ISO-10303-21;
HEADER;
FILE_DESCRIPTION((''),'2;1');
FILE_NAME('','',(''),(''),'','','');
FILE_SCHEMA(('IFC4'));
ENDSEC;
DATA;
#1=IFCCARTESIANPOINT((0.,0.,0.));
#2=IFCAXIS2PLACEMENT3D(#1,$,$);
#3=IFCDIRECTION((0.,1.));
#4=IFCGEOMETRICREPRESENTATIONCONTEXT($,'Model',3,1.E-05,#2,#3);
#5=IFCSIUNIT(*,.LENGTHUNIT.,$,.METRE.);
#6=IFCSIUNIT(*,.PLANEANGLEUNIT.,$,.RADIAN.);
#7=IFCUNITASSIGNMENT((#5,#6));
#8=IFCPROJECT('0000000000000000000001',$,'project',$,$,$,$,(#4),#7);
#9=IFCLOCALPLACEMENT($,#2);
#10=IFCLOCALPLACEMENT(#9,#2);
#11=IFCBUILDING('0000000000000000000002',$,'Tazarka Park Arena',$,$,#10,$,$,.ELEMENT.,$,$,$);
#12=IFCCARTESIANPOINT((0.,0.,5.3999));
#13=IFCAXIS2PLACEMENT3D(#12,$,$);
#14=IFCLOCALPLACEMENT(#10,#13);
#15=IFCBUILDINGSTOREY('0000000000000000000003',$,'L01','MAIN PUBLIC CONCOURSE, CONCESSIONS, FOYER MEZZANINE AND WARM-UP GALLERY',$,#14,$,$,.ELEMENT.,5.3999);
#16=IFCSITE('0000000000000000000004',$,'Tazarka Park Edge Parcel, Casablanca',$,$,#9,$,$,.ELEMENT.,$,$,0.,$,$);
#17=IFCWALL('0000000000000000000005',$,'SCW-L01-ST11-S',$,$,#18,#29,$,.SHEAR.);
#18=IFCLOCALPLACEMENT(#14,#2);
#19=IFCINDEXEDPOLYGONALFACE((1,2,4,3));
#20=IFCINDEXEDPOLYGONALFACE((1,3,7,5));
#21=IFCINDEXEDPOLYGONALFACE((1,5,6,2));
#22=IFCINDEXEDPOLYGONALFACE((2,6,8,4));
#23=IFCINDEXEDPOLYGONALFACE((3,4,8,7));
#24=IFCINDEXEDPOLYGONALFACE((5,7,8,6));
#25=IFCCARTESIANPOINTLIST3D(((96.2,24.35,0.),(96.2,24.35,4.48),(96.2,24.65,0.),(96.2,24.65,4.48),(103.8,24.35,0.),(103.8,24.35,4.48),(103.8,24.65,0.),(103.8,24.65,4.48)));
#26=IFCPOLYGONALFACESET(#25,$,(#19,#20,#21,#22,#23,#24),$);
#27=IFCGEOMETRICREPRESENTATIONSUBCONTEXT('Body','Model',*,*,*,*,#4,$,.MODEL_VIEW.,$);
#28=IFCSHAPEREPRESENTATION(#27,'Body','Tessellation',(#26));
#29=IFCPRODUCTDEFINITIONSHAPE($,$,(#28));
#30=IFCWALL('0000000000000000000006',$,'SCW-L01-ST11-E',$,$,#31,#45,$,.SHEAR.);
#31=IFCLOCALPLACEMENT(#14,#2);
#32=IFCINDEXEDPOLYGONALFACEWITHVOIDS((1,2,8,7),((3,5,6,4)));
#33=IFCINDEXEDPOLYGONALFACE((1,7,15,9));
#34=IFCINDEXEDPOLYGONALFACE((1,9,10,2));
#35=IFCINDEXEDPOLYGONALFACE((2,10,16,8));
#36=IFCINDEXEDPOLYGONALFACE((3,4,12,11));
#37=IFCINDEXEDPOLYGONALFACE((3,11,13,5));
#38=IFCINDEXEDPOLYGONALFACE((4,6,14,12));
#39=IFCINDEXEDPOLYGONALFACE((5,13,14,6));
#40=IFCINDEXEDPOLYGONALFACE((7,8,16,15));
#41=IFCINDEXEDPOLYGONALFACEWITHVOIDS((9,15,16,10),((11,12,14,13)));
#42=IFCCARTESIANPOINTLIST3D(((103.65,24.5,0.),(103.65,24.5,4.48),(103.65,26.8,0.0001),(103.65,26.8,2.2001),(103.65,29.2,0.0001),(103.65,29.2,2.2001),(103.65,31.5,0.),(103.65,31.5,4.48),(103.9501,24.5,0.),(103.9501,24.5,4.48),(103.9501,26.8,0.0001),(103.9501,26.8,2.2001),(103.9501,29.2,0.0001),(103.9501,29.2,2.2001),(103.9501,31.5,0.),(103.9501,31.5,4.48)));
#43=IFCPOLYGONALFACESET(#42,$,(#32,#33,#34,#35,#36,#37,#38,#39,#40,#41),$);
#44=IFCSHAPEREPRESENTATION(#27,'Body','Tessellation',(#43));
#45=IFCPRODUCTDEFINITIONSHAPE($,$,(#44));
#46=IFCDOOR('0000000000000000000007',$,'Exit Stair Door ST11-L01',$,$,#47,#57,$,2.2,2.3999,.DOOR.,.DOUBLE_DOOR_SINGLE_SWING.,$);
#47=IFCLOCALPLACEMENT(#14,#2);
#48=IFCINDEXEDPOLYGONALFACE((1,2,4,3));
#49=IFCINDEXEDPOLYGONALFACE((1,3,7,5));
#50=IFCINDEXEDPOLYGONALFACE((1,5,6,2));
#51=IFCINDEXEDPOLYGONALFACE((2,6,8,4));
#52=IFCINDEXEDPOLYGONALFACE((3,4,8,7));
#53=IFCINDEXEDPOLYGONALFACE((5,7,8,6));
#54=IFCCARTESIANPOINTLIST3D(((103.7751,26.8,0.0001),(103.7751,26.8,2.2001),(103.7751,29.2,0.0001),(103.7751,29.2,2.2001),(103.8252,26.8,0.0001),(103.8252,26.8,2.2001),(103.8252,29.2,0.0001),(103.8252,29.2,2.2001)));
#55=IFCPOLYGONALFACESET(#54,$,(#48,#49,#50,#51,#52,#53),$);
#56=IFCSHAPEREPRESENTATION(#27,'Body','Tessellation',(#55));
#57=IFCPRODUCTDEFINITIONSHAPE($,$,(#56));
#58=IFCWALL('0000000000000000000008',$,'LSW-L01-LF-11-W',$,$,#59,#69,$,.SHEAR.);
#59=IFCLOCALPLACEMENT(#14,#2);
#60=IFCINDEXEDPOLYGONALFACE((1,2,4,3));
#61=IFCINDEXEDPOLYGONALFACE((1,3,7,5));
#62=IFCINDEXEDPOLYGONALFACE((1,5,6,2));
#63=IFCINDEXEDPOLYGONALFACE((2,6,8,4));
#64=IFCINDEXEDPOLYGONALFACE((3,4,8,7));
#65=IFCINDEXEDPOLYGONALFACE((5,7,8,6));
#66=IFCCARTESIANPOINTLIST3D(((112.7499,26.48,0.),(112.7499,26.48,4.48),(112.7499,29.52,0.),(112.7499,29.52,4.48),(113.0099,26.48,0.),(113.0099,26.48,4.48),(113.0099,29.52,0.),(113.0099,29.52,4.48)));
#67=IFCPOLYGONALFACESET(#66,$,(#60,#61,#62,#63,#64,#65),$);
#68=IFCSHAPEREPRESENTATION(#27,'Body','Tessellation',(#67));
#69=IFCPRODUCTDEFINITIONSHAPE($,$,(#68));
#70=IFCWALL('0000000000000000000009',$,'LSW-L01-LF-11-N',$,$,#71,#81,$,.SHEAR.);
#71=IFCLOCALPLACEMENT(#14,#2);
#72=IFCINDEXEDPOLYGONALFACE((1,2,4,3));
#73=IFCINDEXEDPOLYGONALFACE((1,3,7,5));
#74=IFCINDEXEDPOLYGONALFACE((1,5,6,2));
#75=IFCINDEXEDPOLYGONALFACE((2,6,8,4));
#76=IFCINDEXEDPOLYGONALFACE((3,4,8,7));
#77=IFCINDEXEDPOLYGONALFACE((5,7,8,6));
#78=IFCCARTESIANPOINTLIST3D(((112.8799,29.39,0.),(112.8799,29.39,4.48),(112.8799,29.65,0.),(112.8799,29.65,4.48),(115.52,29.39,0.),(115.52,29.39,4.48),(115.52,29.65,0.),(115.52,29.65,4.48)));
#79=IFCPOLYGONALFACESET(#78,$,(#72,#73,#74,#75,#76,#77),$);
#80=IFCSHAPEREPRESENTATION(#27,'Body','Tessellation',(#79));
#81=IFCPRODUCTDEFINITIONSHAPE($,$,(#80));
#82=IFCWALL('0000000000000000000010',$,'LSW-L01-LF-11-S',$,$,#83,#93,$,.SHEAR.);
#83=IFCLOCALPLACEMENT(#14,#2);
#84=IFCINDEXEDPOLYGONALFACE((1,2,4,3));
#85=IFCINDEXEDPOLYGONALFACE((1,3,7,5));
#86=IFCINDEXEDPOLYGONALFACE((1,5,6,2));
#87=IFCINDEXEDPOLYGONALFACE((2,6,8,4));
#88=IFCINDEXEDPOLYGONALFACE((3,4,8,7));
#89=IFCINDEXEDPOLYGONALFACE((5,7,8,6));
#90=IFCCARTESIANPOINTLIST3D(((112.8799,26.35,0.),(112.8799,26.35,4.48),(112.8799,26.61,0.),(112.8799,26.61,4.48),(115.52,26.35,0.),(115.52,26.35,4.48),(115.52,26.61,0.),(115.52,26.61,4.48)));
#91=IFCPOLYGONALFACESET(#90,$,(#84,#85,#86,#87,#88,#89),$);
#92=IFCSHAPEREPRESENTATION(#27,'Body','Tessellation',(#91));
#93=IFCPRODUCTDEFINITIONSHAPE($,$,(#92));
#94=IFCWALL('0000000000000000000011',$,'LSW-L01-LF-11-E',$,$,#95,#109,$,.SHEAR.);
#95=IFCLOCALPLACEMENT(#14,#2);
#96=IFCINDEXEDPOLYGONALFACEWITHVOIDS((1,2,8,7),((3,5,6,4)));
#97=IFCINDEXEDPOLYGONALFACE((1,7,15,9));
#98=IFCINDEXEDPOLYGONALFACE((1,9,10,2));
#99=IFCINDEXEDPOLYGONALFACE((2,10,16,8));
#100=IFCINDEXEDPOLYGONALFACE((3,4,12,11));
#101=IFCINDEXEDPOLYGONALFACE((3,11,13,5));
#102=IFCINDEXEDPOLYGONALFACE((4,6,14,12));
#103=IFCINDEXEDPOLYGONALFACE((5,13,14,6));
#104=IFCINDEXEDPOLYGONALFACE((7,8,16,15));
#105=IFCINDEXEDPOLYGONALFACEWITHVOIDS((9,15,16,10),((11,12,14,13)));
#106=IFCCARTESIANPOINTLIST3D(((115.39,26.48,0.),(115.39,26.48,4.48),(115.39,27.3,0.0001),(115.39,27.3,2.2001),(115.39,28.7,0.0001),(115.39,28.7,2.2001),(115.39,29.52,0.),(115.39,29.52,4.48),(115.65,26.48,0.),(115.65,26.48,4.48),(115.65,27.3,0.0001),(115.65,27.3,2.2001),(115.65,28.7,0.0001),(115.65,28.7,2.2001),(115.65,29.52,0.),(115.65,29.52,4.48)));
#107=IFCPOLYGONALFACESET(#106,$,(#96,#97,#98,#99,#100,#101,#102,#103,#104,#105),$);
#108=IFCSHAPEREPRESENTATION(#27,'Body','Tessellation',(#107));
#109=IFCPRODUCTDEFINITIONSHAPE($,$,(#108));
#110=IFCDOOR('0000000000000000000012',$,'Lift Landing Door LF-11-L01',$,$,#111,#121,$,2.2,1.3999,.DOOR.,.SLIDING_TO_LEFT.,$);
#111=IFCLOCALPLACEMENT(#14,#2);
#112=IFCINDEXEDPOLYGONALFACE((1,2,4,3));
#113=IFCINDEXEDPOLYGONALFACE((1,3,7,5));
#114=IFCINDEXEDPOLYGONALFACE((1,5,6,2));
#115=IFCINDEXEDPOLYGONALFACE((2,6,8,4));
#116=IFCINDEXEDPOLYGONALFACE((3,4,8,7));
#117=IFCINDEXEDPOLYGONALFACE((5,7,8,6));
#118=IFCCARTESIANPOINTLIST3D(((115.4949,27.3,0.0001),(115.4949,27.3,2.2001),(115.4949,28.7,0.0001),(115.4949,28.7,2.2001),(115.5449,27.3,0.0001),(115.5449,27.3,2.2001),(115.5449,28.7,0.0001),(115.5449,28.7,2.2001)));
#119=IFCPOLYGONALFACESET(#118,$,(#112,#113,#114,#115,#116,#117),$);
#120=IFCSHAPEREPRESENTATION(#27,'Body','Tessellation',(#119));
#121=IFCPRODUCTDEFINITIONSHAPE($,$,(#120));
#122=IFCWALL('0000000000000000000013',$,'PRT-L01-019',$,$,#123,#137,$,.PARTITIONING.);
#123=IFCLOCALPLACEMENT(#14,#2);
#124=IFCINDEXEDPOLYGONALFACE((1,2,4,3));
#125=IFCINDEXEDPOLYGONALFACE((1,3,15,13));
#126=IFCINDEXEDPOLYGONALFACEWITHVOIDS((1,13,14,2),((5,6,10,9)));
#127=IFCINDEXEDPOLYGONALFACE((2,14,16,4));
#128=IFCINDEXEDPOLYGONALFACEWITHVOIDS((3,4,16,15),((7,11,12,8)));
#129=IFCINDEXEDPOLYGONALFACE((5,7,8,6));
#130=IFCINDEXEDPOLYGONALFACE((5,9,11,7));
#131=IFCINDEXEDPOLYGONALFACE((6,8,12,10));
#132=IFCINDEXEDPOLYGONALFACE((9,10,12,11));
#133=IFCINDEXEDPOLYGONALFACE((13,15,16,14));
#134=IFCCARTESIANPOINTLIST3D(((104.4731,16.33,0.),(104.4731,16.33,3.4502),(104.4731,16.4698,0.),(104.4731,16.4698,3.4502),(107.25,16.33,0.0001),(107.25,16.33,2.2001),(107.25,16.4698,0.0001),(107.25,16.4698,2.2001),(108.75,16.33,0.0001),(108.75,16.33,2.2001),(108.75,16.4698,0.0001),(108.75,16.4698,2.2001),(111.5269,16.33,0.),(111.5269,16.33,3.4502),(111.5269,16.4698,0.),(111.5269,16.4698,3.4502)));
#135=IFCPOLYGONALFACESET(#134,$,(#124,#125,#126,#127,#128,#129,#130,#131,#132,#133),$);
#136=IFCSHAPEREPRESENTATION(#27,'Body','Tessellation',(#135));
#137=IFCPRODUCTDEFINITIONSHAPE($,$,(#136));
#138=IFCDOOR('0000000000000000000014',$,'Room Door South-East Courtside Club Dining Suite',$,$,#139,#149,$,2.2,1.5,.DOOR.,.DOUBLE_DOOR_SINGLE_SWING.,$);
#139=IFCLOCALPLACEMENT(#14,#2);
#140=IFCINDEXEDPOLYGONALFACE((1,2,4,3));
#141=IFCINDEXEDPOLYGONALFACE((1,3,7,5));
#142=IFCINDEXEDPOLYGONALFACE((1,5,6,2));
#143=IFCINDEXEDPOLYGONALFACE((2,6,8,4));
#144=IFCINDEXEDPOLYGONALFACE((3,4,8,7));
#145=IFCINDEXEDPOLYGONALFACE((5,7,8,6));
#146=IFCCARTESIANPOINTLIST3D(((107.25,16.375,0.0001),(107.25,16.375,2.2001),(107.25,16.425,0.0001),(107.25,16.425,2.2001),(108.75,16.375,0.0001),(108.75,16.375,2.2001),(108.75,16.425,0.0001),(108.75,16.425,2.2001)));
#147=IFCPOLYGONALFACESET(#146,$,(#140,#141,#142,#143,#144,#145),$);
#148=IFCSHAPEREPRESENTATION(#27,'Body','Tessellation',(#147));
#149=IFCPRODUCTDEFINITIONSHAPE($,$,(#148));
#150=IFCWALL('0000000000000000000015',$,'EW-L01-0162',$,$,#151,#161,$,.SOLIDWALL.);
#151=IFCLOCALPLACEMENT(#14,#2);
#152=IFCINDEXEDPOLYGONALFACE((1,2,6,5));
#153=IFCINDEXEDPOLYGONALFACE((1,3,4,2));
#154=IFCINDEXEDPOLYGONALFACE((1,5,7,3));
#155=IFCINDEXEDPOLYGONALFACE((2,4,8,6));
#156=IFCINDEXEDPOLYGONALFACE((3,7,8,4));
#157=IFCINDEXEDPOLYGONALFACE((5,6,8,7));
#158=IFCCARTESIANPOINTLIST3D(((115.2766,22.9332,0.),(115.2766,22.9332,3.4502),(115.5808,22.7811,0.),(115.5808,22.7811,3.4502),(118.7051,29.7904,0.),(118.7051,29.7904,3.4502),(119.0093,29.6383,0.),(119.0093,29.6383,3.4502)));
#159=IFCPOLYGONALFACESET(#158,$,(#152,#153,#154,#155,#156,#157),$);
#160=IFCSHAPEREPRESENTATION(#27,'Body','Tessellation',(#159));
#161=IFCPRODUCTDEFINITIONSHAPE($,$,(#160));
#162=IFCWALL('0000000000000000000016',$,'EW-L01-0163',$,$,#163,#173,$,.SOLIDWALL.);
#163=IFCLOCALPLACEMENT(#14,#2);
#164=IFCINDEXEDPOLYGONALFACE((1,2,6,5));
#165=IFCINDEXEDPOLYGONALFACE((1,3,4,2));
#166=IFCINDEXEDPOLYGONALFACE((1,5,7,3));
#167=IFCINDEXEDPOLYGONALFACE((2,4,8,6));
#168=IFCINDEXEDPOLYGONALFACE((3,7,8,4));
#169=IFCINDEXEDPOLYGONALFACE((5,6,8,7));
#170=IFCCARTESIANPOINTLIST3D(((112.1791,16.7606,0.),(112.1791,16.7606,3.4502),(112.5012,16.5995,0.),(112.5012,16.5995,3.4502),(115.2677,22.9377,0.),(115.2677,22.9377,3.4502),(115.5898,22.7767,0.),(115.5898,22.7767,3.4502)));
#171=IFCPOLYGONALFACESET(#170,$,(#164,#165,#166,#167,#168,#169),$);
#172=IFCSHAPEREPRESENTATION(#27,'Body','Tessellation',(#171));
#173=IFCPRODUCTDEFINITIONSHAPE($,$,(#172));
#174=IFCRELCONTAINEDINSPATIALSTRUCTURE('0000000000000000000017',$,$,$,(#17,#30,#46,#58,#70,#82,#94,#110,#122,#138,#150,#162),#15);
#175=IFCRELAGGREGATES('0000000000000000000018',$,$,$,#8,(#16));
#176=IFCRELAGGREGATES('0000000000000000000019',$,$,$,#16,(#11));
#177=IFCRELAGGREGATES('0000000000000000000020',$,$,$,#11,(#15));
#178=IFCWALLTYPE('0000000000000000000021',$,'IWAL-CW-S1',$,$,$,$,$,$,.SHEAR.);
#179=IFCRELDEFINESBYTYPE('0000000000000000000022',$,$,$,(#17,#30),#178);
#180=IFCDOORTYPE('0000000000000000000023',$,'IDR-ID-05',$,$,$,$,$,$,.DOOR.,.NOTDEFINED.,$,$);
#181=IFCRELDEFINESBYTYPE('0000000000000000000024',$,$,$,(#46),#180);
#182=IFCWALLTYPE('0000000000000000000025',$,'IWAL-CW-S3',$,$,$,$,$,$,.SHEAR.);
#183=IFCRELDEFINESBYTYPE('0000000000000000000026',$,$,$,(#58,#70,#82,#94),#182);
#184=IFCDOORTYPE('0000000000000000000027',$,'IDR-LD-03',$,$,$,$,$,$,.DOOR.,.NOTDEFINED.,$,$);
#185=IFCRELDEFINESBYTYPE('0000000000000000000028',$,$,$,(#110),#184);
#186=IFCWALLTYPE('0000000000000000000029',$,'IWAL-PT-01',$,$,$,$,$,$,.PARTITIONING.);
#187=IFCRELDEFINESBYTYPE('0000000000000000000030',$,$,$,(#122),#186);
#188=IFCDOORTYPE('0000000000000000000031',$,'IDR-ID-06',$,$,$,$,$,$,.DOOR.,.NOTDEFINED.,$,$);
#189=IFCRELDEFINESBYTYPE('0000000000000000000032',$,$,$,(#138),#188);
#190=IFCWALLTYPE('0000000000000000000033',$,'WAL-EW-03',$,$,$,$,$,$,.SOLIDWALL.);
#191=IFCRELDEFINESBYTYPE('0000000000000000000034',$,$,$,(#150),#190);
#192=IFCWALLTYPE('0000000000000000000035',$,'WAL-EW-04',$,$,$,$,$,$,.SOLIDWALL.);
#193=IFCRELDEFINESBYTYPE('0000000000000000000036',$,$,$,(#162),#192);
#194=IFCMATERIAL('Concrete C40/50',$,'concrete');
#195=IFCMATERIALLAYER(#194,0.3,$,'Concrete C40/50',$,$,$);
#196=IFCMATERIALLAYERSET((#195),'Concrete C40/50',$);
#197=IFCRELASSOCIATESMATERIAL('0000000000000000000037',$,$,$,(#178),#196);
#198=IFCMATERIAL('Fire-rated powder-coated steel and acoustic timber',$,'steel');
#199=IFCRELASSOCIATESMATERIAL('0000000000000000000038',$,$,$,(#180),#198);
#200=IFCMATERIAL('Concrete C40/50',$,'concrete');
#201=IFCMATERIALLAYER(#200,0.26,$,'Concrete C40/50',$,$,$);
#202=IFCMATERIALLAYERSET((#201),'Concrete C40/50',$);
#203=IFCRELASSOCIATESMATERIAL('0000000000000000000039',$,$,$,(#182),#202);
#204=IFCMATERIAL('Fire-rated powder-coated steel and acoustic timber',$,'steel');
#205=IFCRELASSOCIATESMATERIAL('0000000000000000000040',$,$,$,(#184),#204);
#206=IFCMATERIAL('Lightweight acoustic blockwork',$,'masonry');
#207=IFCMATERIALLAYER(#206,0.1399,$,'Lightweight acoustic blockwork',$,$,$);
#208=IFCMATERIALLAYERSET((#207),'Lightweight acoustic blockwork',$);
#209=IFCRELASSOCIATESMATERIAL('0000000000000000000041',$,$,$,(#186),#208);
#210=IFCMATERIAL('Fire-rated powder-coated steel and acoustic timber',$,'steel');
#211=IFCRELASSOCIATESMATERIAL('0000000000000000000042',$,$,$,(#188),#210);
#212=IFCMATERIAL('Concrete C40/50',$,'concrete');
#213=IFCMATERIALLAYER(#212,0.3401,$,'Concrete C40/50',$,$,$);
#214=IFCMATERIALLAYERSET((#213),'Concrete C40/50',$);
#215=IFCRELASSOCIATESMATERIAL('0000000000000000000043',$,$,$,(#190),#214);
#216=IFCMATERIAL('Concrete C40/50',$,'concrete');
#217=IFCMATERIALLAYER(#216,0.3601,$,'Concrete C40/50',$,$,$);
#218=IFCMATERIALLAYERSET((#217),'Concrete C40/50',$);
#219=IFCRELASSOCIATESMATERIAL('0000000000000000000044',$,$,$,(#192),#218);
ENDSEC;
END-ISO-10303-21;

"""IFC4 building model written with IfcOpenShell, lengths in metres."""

from ifc_helpers import new_model, si_unit, direction, frame, frame_2d, origin, place, context, subcontext, project, spatial, rectangle, extrude, material, layer, layer_set, type_object, element, fill, save


model = new_model("IFC4")

# Units and contexts
model_context = context("Model", 3, precision=1e-05, world=origin(), true_north=direction((0.0, 1.0)))
body_context = subcontext(model_context, "Body", "Model", "MODEL_VIEW")
ifc_project = project(units=[si_unit("LENGTHUNIT", "METRE"), si_unit("PLANEANGLEUNIT", "RADIAN")], contexts=[model_context])

# Site, building, storey
site_placement = place(None, origin())
site = spatial("IfcSite", under=ifc_project, at=site_placement, Name="Tazarka Park Edge Parcel, Casablanca", CompositionType="ELEMENT", RefElevation=0.0)
building_placement = place(site_placement, origin())
building = spatial("IfcBuilding", under=site, at=building_placement, Name="Tazarka Park Arena", CompositionType="ELEMENT")
storey_placement = place(building_placement, frame((0.0, 0.0, 5.3999)))
storey = spatial("IfcBuildingStorey", under=building, at=storey_placement, Name="L01", Description="MAIN PUBLIC CONCOURSE, CONCESSIONS, FOYER MEZZANINE AND WARM-UP GALLERY", CompositionType="ELEMENT", Elevation=5.3999)

# Wall
ifc_material_1 = material(Name="Concrete C40/50", Category="concrete")
ifc_layer_1 = layer(ifc_material_1, 0.3, Name="Concrete C40/50")
ifc_layer_set_1 = layer_set([ifc_layer_1], Name="Concrete C40/50")
wall_type_1 = type_object("IfcWallType", Name="IWAL-CW-S1", PredefinedType="SHEAR", material=ifc_layer_set_1)
wall_1_placement = place(storey_placement, frame((103.8, 24.5, 0.0), z_axis=(0.0, 0.0, 1.0), x_axis=(-1.0, 0.0, 0.0)))
element("IfcWall", 1, at=wall_1_placement, inside=storey, type_object=wall_type_1, Name="SCW-L01-ST11-S", PredefinedType="SHEAR", context=body_context, shape_type="SweptSolid", body=[
    extrude(rectangle(XDim=7.6001, YDim=0.3, at=frame_2d((3.8, 0.0))), origin(), (0.0, 0.0, 1.0), 4.48),
])

# Wall, opening, door
wall_2_placement = place(storey_placement, frame((103.8, 31.5, 0.0), z_axis=(0.0, 0.0, 1.0), x_axis=(0.0, -1.0, 0.0)))
wall_2 = element("IfcWall", 2, at=wall_2_placement, inside=storey, type_object=wall_type_1, Name="SCW-L01-ST11-E", PredefinedType="SHEAR", context=body_context, shape_type="SweptSolid", body=[
    extrude(rectangle(XDim=7.0, YDim=0.3, at=frame_2d((3.5, 0.0))), origin(), (0.0, 0.0, 1.0), 4.48),
])
opening_1_placement = place(wall_2_placement, frame((2.3, 0.0, 0.0)))
opening_1 = element("IfcOpeningElement", 3, at=opening_1_placement, cuts=wall_2, PredefinedType="OPENING", context=body_context, shape_type="SweptSolid", body=[
    extrude(rectangle(XDim=2.3999, YDim=2.2, at=frame_2d((1.2, 1.1001))), frame((0.0, 0.1602, 0.0), z_axis=(0.0, -1.0, 0.0), x_axis=(1.0, 0.0, 0.0)), (0.0, 0.0, 1.0), 0.3201),
])
ifc_material_2 = material(Name="Fire-rated powder-coated steel and acoustic timber", Category="steel")
door_type_1 = type_object("IfcDoorType", Name="IDR-ID-05", OperationType="NOTDEFINED", PredefinedType="DOOR", material=ifc_material_2)
door_1_placement = place(opening_1_placement, frame((2.3999, 0.0, 0.0), z_axis=(0.0, 0.0, 1.0), x_axis=(-1.0, 0.0, 0.0)))
door_1 = element("IfcDoor", 4, at=door_1_placement, inside=storey, type_object=door_type_1, Name="Exit Stair Door ST11-L01", OperationType="DOUBLE_DOOR_SINGLE_SWING", OverallHeight=2.2, OverallWidth=2.3999, PredefinedType="DOOR", context=body_context, shape_type="SweptSolid", body=[
    extrude(rectangle(XDim=2.3999, YDim=2.2, at=frame_2d((1.2, 1.1001))), frame((0.0, 0.0249, 0.0), z_axis=(0.0, -1.0, 0.0), x_axis=(1.0, 0.0, 0.0)), (0.0, 0.0, 1.0), 0.05),
])
fill(opening_1, door_1)

# Walls
ifc_material_3 = material(Name="Concrete C40/50", Category="concrete")
ifc_layer_2 = layer(ifc_material_3, 0.26, Name="Concrete C40/50")
ifc_layer_set_2 = layer_set([ifc_layer_2], Name="Concrete C40/50")
wall_type_2 = type_object("IfcWallType", Name="IWAL-CW-S3", PredefinedType="SHEAR", material=ifc_layer_set_2)
wall_3_placement = place(storey_placement, frame((112.8799, 26.48, 0.0), z_axis=(0.0, 0.0, 1.0), x_axis=(0.0, 1.0, 0.0)))
element("IfcWall", 5, at=wall_3_placement, inside=storey, type_object=wall_type_2, Name="LSW-L01-LF-11-W", PredefinedType="SHEAR", context=body_context, shape_type="SweptSolid", body=[
    extrude(rectangle(XDim=3.04, YDim=0.26, at=frame_2d((1.52, 0.0))), origin(), (0.0, 0.0, 1.0), 4.48),
])
for number, where, z_axis, x_axis, name in (
    (6, (112.8799, 29.52, 0.0), (0.0, 0.0, 1.0), (1.0, 0.0, 0.0), "LSW-L01-LF-11-N"),
    (7, (115.52, 26.48, 0.0), (0.0, 0.0, 1.0), (-1.0, 0.0, 0.0), "LSW-L01-LF-11-S"),
):
    element("IfcWall", number, at=place(storey_placement, frame(where, z_axis=z_axis, x_axis=x_axis)), inside=storey, type_object=wall_type_2, Name=name, PredefinedType="SHEAR", context=body_context, shape_type="SweptSolid", body=[
        extrude(rectangle(XDim=2.6401, YDim=0.26, at=frame_2d((1.3201, 0.0))), origin(), (0.0, 0.0, 1.0), 4.48),
    ])

# Walls, openings, doors
wall_4_placement = place(storey_placement, frame((115.52, 29.52, 0.0), z_axis=(0.0, 0.0, 1.0), x_axis=(0.0, -1.0, 0.0)))
wall_4 = element("IfcWall", 8, at=wall_4_placement, inside=storey, type_object=wall_type_2, Name="LSW-L01-LF-11-E", PredefinedType="SHEAR", context=body_context, shape_type="SweptSolid", body=[
    extrude(rectangle(XDim=3.04, YDim=0.26, at=frame_2d((1.52, 0.0))), origin(), (0.0, 0.0, 1.0), 4.48),
])
opening_2_placement = place(wall_4_placement, frame((0.8201, 0.0, 0.0)))
opening_2 = element("IfcOpeningElement", 9, at=opening_2_placement, cuts=wall_4, PredefinedType="OPENING", context=body_context, shape_type="SweptSolid", body=[
    extrude(rectangle(XDim=1.3999, YDim=2.2, at=frame_2d((0.7, 1.1001))), frame((0.0, 0.1401, 0.0), z_axis=(0.0, -1.0, 0.0), x_axis=(1.0, 0.0, 0.0)), (0.0, 0.0, 1.0), 0.28),
])
ifc_material_4 = material(Name="Fire-rated powder-coated steel and acoustic timber", Category="steel")
door_type_2 = type_object("IfcDoorType", Name="IDR-LD-03", OperationType="NOTDEFINED", PredefinedType="DOOR", material=ifc_material_4)
door_2_placement = place(opening_2_placement, origin())
door_2 = element("IfcDoor", 10, at=door_2_placement, inside=storey, type_object=door_type_2, Name="Lift Landing Door LF-11-L01", OperationType="SLIDING_TO_LEFT", OverallHeight=2.2, OverallWidth=1.3999, PredefinedType="DOOR", context=body_context, shape_type="SweptSolid", body=[
    extrude(rectangle(XDim=1.3999, YDim=2.2, at=frame_2d((0.7, 1.1001))), frame((0.0, 0.0249, 0.0), z_axis=(0.0, -1.0, 0.0), x_axis=(1.0, 0.0, 0.0)), (0.0, 0.0, 1.0), 0.05),
])
fill(opening_2, door_2)
ifc_material_5 = material(Name="Lightweight acoustic blockwork", Category="masonry")
ifc_layer_3 = layer(ifc_material_5, 0.1399, Name="Lightweight acoustic blockwork")
ifc_layer_set_3 = layer_set([ifc_layer_3], Name="Lightweight acoustic blockwork")
wall_type_3 = type_object("IfcWallType", Name="IWAL-PT-01", PredefinedType="PARTITIONING", material=ifc_layer_set_3)
wall_5_placement = place(storey_placement, frame((111.5269, 16.3999, 0.0), z_axis=(0.0, 0.0, 1.0), x_axis=(-1.0, 0.0, 0.0)))
wall_5 = element("IfcWall", 11, at=wall_5_placement, inside=storey, type_object=wall_type_3, Name="PRT-L01-019", PredefinedType="PARTITIONING", context=body_context, shape_type="SweptSolid", body=[
    extrude(rectangle(XDim=7.0537, YDim=0.1399, at=frame_2d((3.5269, 0.0))), origin(), (0.0, 0.0, 1.0), 3.4502),
])
opening_3_placement = place(wall_5_placement, frame((2.7769, 0.0, 0.0)))
opening_3 = element("IfcOpeningElement", 12, at=opening_3_placement, cuts=wall_5, PredefinedType="OPENING", context=body_context, shape_type="SweptSolid", body=[
    extrude(rectangle(XDim=1.5, YDim=2.2, at=frame_2d((0.75, 1.1001))), frame((0.0, 0.0801, 0.0), z_axis=(0.0, -1.0, 0.0), x_axis=(1.0, 0.0, 0.0)), (0.0, 0.0, 1.0), 0.1599),
])
ifc_material_6 = material(Name="Fire-rated powder-coated steel and acoustic timber", Category="steel")
door_type_3 = type_object("IfcDoorType", Name="IDR-ID-06", OperationType="NOTDEFINED", PredefinedType="DOOR", material=ifc_material_6)
door_3_placement = place(opening_3_placement, origin())
door_3 = element("IfcDoor", 13, at=door_3_placement, inside=storey, type_object=door_type_3, Name="Room Door South-East Courtside Club Dining Suite", OperationType="DOUBLE_DOOR_SINGLE_SWING", OverallHeight=2.2, OverallWidth=1.5, PredefinedType="DOOR", context=body_context, shape_type="SweptSolid", body=[
    extrude(rectangle(XDim=1.5, YDim=2.2, at=frame_2d((0.75, 1.1001))), frame((0.0, 0.0249, 0.0), z_axis=(0.0, -1.0, 0.0), x_axis=(1.0, 0.0, 0.0)), (0.0, 0.0, 1.0), 0.05),
])
fill(opening_3, door_3)

# Walls
ifc_material_7 = material(Name="Concrete C40/50", Category="concrete")
ifc_layer_4 = layer(ifc_material_7, 0.3401, Name="Concrete C40/50")
ifc_layer_set_4 = layer_set([ifc_layer_4], Name="Concrete C40/50")
wall_type_4 = type_object("IfcWallType", Name="WAL-EW-03", PredefinedType="SOLIDWALL", material=ifc_layer_set_4)
wall_6_placement = place(storey_placement, frame((118.8572, 29.7144, 0.0), z_axis=(0.0, 0.0, 1.0), x_axis=(-0.447201, -0.894434, 0.0)))
element("IfcWall", 14, at=wall_6_placement, inside=storey, type_object=wall_type_4, Name="EW-L01-0162", PredefinedType="SOLIDWALL", context=body_context, shape_type="SweptSolid", body=[
    extrude(rectangle(XDim=7.6665, YDim=0.3401, at=frame_2d((3.8333, 0.0))), origin(), (0.0, 0.0, 1.0), 3.4502),
])
ifc_material_8 = material(Name="Concrete C40/50", Category="concrete")
ifc_layer_5 = layer(ifc_material_8, 0.3601, Name="Concrete C40/50")
ifc_layer_set_5 = layer_set([ifc_layer_5], Name="Concrete C40/50")
wall_type_5 = type_object("IfcWallType", Name="WAL-EW-04", PredefinedType="SOLIDWALL", material=ifc_layer_set_5)
wall_7_placement = place(storey_placement, frame((115.4287, 22.8572, 0.0), z_axis=(0.0, 0.0, 1.0), x_axis=(-0.447214, -0.894427, 0.0)))
element("IfcWall", 15, at=wall_7_placement, inside=storey, type_object=wall_type_5, Name="EW-L01-0163", PredefinedType="SOLIDWALL", context=body_context, shape_type="SweptSolid", body=[
    extrude(rectangle(XDim=6.9062, YDim=0.3601, at=frame_2d((3.4531, 0.0))), origin(), (0.0, 0.0, 1.0), 3.4502),
])

save(model, "model.ifc")
